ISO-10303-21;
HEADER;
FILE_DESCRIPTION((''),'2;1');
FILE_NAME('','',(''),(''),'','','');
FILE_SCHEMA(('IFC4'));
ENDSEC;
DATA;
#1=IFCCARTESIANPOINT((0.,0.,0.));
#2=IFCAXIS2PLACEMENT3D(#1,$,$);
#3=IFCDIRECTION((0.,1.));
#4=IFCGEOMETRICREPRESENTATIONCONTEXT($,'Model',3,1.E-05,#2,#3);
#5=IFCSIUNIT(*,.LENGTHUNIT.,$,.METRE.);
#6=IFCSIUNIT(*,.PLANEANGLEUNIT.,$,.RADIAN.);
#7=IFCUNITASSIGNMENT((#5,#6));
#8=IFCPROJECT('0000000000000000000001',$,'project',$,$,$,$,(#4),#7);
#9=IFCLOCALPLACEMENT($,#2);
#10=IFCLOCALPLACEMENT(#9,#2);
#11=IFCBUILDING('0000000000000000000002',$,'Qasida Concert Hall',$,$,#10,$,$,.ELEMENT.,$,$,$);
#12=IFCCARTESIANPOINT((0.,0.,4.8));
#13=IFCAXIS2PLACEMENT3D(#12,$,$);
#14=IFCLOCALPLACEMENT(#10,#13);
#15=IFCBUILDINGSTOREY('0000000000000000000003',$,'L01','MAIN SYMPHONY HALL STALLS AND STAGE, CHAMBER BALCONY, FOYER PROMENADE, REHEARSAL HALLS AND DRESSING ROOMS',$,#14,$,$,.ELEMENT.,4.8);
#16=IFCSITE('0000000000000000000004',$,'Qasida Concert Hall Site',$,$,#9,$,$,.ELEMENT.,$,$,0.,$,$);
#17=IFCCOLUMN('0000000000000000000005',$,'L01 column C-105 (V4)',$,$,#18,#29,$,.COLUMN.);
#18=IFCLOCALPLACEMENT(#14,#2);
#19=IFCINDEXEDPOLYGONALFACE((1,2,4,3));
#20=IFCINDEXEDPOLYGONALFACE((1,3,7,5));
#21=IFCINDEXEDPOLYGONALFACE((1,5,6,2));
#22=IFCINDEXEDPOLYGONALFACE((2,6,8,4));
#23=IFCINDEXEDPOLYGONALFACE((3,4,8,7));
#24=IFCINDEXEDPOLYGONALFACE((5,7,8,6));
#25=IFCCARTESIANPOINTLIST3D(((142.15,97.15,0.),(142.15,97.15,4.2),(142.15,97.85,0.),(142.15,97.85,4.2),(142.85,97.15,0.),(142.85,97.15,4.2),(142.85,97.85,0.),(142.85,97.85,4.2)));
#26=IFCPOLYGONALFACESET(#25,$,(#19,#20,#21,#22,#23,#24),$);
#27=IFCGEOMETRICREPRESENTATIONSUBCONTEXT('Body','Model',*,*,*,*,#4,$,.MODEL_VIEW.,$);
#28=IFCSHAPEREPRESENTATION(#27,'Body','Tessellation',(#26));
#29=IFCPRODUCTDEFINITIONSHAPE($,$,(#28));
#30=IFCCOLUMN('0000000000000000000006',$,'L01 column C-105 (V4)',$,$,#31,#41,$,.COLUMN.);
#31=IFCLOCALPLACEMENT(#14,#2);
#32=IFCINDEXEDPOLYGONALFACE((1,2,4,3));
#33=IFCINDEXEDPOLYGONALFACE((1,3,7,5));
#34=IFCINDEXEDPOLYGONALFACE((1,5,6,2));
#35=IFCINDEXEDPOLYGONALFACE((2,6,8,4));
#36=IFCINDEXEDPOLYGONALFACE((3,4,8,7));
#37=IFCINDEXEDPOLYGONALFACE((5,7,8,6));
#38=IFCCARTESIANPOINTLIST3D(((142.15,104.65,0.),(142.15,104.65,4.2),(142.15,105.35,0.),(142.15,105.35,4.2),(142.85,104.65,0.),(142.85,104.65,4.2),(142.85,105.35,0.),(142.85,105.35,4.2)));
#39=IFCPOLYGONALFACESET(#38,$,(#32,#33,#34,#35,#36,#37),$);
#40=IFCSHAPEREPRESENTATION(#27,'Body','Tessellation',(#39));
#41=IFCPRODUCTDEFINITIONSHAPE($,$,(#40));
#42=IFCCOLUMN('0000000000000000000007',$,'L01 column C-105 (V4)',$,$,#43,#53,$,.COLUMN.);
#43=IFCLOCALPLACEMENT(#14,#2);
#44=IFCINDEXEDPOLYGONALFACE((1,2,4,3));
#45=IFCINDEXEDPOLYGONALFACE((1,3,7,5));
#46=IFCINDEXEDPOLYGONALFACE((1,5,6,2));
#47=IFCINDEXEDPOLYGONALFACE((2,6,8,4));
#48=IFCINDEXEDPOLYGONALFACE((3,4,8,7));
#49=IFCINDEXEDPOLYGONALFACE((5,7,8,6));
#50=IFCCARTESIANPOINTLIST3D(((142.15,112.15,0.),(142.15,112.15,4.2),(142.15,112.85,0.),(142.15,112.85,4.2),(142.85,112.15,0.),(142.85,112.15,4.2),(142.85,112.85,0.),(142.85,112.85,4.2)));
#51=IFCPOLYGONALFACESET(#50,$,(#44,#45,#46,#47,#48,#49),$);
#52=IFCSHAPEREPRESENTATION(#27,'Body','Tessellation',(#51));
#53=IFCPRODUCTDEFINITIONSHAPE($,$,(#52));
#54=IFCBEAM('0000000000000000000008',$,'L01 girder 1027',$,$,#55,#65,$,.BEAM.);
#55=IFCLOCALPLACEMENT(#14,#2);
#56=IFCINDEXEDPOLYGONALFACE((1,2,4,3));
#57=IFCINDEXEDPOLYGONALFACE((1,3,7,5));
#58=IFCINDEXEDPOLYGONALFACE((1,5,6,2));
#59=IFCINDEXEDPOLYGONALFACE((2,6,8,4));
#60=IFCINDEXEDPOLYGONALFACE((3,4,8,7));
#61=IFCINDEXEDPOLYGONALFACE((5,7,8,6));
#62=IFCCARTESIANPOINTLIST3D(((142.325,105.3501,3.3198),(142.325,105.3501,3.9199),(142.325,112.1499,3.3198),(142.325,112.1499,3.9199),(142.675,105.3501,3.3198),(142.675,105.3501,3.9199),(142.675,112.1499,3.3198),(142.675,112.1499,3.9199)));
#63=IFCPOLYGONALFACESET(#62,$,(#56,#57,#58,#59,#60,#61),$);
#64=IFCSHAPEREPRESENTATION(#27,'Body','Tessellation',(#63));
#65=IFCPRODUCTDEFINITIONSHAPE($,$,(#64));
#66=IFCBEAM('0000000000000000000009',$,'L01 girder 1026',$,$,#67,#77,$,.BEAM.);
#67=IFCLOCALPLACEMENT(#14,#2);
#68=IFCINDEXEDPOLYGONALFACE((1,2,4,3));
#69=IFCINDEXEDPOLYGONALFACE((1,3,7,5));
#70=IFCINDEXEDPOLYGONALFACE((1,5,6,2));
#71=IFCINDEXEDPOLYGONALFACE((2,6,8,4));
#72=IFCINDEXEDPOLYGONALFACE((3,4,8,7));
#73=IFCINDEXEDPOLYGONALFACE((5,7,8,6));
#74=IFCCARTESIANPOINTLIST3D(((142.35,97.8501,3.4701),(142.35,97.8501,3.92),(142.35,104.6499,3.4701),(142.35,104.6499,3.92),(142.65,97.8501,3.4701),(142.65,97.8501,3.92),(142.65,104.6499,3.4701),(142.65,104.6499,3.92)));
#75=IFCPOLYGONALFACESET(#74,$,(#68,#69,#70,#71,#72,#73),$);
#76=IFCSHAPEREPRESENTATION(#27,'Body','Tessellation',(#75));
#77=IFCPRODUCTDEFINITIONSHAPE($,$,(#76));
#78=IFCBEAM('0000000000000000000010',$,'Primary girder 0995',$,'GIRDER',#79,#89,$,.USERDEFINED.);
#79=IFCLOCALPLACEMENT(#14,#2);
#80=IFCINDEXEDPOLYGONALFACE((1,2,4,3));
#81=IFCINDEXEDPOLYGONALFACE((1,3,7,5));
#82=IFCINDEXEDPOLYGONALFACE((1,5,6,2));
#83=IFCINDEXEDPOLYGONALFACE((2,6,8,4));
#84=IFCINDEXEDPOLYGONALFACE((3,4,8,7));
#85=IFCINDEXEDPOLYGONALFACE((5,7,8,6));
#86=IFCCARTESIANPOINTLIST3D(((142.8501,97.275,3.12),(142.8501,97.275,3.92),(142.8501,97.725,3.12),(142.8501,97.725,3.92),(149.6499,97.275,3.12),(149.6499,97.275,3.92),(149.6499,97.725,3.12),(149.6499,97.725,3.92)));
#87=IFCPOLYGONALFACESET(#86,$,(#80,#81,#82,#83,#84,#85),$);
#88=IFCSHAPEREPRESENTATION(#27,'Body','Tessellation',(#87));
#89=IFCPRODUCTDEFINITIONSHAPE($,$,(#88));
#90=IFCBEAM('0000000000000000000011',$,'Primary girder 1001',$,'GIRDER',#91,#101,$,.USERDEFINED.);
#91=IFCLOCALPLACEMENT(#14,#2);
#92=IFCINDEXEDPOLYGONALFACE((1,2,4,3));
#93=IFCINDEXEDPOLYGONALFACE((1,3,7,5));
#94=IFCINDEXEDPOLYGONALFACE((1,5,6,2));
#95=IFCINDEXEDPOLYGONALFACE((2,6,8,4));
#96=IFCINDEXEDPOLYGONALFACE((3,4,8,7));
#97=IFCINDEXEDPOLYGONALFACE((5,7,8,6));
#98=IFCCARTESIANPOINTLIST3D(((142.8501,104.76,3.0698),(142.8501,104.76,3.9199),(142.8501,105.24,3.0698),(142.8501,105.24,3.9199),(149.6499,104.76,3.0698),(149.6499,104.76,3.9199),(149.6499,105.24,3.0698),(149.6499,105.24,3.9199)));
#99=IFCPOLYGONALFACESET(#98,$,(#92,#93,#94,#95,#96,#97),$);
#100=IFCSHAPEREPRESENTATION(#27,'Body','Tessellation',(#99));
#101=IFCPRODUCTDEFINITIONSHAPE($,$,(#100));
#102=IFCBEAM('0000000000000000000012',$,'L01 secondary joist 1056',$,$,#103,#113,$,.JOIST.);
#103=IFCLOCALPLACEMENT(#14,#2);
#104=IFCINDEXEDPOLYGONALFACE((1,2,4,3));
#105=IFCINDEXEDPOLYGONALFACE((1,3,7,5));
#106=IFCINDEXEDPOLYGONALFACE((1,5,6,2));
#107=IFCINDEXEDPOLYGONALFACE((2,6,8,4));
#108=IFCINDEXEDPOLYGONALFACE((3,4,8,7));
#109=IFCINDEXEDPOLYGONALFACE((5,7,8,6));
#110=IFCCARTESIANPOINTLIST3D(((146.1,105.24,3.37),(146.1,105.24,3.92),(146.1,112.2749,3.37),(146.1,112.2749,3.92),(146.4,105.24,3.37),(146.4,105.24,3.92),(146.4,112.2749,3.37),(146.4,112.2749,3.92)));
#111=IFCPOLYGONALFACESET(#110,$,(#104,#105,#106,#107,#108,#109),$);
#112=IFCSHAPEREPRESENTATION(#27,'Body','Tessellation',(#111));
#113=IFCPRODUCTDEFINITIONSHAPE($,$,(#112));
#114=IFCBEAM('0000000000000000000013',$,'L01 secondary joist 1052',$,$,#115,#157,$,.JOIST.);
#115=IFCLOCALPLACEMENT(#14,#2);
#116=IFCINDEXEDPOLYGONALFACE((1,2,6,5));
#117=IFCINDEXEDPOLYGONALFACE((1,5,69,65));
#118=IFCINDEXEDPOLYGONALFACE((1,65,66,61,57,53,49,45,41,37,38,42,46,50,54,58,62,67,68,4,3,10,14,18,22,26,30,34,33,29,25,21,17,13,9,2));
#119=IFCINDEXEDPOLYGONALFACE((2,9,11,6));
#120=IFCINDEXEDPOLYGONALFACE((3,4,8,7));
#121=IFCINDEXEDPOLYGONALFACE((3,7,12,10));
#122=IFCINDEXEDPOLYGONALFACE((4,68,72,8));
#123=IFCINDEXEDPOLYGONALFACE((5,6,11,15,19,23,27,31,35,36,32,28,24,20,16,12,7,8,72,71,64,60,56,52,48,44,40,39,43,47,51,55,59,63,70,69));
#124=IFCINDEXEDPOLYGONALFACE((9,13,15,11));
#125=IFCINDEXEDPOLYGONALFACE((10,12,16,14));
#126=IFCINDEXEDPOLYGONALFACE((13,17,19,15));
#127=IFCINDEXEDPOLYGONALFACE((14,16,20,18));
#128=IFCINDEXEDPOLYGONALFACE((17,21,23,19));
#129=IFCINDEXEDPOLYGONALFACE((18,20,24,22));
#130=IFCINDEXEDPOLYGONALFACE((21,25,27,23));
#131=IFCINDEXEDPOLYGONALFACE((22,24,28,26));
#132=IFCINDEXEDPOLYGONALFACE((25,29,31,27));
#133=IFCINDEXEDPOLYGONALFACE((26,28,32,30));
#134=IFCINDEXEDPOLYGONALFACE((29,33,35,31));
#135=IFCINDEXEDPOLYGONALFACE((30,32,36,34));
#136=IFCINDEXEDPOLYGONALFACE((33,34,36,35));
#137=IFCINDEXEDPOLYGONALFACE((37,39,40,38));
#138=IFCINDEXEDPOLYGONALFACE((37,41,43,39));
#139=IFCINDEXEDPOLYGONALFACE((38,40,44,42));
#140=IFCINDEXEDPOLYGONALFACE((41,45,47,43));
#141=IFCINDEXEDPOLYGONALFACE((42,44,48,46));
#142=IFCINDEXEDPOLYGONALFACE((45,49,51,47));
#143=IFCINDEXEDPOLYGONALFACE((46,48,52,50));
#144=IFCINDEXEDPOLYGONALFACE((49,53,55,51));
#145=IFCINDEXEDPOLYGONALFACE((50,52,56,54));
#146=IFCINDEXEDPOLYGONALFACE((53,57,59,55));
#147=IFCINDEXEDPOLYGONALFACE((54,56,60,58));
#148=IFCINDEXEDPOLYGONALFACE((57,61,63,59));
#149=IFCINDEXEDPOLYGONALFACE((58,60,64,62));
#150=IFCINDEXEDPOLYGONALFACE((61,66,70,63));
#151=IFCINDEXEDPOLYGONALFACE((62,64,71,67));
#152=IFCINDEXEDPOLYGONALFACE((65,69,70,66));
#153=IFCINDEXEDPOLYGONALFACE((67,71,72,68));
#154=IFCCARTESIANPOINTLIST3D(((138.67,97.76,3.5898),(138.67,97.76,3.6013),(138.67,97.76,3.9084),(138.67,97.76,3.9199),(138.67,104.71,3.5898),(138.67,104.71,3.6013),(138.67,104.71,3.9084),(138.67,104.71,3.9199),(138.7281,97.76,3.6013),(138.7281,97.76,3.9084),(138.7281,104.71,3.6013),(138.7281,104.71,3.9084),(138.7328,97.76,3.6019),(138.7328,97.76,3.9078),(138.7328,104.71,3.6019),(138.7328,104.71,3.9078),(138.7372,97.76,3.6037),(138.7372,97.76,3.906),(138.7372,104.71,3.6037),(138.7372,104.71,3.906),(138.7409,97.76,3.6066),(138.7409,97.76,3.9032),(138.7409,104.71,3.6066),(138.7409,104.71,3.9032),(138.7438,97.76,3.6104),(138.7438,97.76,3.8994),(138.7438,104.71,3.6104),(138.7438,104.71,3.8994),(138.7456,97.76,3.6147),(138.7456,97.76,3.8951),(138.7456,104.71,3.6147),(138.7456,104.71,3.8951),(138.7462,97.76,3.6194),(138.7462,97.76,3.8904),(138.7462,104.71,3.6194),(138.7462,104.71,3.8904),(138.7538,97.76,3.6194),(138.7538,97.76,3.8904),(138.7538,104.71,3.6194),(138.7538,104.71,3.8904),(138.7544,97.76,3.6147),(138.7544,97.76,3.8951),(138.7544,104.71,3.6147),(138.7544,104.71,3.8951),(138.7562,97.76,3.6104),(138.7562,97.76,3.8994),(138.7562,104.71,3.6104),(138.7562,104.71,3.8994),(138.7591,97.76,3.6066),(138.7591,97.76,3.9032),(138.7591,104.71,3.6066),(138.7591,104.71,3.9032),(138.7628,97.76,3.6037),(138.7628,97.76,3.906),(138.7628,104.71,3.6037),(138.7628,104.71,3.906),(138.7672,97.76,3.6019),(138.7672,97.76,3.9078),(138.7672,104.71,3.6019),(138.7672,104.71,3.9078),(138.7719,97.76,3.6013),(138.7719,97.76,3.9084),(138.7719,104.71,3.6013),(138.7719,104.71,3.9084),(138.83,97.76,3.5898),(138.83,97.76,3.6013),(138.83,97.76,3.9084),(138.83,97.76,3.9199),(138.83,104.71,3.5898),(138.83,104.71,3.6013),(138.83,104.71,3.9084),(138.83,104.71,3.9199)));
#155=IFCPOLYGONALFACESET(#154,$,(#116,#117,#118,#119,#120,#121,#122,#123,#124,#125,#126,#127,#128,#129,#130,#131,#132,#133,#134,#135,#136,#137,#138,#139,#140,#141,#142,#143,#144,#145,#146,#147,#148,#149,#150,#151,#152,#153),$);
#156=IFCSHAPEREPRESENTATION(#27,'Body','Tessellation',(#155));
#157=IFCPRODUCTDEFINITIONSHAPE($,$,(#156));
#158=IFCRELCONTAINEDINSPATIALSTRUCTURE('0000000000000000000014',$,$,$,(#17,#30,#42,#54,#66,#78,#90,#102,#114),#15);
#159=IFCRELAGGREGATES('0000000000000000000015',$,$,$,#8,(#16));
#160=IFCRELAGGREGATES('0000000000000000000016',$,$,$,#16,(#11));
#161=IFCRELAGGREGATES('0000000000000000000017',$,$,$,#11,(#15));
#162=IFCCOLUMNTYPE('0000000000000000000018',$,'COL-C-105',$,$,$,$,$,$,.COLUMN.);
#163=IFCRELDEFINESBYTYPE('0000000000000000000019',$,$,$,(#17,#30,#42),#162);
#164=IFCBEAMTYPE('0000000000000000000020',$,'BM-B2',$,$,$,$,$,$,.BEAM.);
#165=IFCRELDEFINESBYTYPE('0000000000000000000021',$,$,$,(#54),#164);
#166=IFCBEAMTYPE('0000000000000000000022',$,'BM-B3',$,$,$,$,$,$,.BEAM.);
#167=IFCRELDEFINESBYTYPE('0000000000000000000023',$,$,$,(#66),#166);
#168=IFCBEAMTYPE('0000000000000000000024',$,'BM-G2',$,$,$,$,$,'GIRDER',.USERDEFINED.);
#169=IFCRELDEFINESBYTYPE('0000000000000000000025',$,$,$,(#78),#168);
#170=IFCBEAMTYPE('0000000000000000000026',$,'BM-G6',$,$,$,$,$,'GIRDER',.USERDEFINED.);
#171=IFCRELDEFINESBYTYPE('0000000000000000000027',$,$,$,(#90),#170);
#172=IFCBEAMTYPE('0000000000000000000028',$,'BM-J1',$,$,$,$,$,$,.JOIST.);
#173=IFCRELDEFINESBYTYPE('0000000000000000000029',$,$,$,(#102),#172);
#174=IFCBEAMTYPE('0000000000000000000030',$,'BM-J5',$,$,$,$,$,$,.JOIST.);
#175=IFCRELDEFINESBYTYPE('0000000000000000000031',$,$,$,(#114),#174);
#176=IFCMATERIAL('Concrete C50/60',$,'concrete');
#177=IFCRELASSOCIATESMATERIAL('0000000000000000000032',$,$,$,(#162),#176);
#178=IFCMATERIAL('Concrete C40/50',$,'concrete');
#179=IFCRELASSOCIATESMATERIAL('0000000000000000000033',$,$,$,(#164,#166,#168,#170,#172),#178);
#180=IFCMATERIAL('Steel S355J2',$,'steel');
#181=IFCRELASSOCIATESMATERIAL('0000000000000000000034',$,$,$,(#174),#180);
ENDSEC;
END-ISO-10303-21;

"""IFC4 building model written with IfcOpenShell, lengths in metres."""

from ifc_helpers import new_model, si_unit, direction, frame, origin, origin_2d, place, context, subcontext, project, spatial, rectangle, i_section, extrude, material, material_profile, profile_set, type_object, element, save


model = new_model("IFC4")

# Units and contexts
model_context = context("Model", 3, precision=1e-05, world=origin(), true_north=direction((0.0, 1.0)))
body_context = subcontext(model_context, "Body", "Model", "MODEL_VIEW")
ifc_project = project(units=[si_unit("LENGTHUNIT", "METRE"), si_unit("PLANEANGLEUNIT", "RADIAN")], contexts=[model_context])

# Site, building, storey
site_placement = place(None, origin())
site = spatial("IfcSite", under=ifc_project, at=site_placement, Name="Qasida Concert Hall Site", CompositionType="ELEMENT", RefElevation=0.0)
building_placement = place(site_placement, origin())
building = spatial("IfcBuilding", under=site, at=building_placement, Name="Qasida Concert Hall", CompositionType="ELEMENT")
storey_placement = place(building_placement, frame((0.0, 0.0, 4.8)))
storey = spatial("IfcBuildingStorey", under=building, at=storey_placement, Name="L01", Description="MAIN SYMPHONY HALL STALLS AND STAGE, CHAMBER BALCONY, FOYER PROMENADE, REHEARSAL HALLS AND DRESSING ROOMS", CompositionType="ELEMENT", Elevation=4.8)

# Columns
ifc_material_1 = material(Name="Concrete C50/60", Category="concrete")
ifc_material_profile_1 = material_profile(ifc_material_1, rectangle(XDim=0.7, YDim=0.7, at=origin_2d()), Name="RC 700x700")
ifc_profile_set_1 = profile_set([ifc_material_profile_1], Name="Concrete C50/60")
column_type = type_object("IfcColumnType", Name="COL-C-105", PredefinedType="COLUMN", material=ifc_profile_set_1)
for number, where, z_axis, x_axis, name in (
    (1, (142.5, 97.5, 0.0), (0.0, 0.0, 1.0), (1.0, 0.0, 0.0), "L01 column C-105 (V4)"),
    (2, (142.5, 105.0, 0.0), (0.0, 0.0, 1.0), (1.0, 0.0, 0.0), "L01 column C-105 (V4)"),
    (3, (142.5, 112.5, 0.0), (0.0, 0.0, 1.0), (1.0, 0.0, 0.0), "L01 column C-105 (V4)"),
):
    element("IfcColumn", number, at=place(storey_placement, frame(where, z_axis=z_axis, x_axis=x_axis)), inside=storey, type_object=column_type, Name=name, PredefinedType="COLUMN", context=body_context, shape_type="SweptSolid", body=[
        extrude(rectangle(XDim=0.7, YDim=0.7, at=origin_2d()), origin(), (0.0, 0.0, 1.0), 4.2),
    ])

# Beams
ifc_material_2 = material(Name="Concrete C40/50", Category="concrete")
ifc_material_profile_2 = material_profile(ifc_material_2, rectangle(XDim=0.3501, YDim=0.6001, at=origin_2d()), Name="RC 350x600")
ifc_profile_set_2 = profile_set([ifc_material_profile_2], Name="Concrete C40/50")
beam_type_1 = type_object("IfcBeamType", Name="BM-B2", PredefinedType="BEAM", material=ifc_profile_set_2)
beam_1_placement = place(storey_placement, frame((142.5, 105.3501, 3.6199), z_axis=(0.0, 1.0, 0.0), x_axis=(-1.0, 0.0, 0.0)))
element("IfcBeam", 4, at=beam_1_placement, inside=storey, type_object=beam_type_1, Name="L01 girder 1027", PredefinedType="BEAM", context=body_context, shape_type="SweptSolid", body=[
    extrude(rectangle(XDim=0.3501, YDim=0.6001, at=origin_2d()), origin(), (0.0, 0.0, 1.0), 6.7998),
])
ifc_material_profile_3 = material_profile(ifc_material_2, rectangle(XDim=0.3, YDim=0.45, at=origin_2d()), Name="RC 300x450")
ifc_profile_set_3 = profile_set([ifc_material_profile_3], Name="Concrete C40/50")
beam_type_2 = type_object("IfcBeamType", Name="BM-B3", PredefinedType="BEAM", material=ifc_profile_set_3)
beam_2_placement = place(storey_placement, frame((142.5, 97.8501, 3.6951), z_axis=(0.0, 1.0, 0.0), x_axis=(-1.0, 0.0, 0.0)))
element("IfcBeam", 5, at=beam_2_placement, inside=storey, type_object=beam_type_2, Name="L01 girder 1026", PredefinedType="BEAM", context=body_context, shape_type="SweptSolid", body=[
    extrude(rectangle(XDim=0.3, YDim=0.45, at=origin_2d()), origin(), (0.0, 0.0, 1.0), 6.7998),
])
ifc_material_profile_4 = material_profile(ifc_material_2, rectangle(XDim=0.45, YDim=0.8, at=origin_2d()), Name="RC 450x800")
ifc_profile_set_4 = profile_set([ifc_material_profile_4], Name="Concrete C40/50")
beam_type_3 = type_object("IfcBeamType", Name="BM-G2", ElementType="GIRDER", PredefinedType="USERDEFINED", material=ifc_profile_set_4)
beam_3_placement = place(storey_placement, frame((142.8501, 97.5, 3.52), z_axis=(1.0, 0.0, 0.0), x_axis=(0.0, 1.0, 0.0)))
element("IfcBeam", 6, at=beam_3_placement, inside=storey, type_object=beam_type_3, Name="Primary girder 0995", ObjectType="GIRDER", PredefinedType="USERDEFINED", context=body_context, shape_type="SweptSolid", body=[
    extrude(rectangle(XDim=0.45, YDim=0.8, at=origin_2d()), origin(), (0.0, 0.0, 1.0), 6.7998),
])
ifc_material_profile_5 = material_profile(ifc_material_2, rectangle(XDim=0.48, YDim=0.8501, at=origin_2d()), Name="RC 480x850")
ifc_profile_set_5 = profile_set([ifc_material_profile_5], Name="Concrete C40/50")
beam_type_4 = type_object("IfcBeamType", Name="BM-G6", ElementType="GIRDER", PredefinedType="USERDEFINED", material=ifc_profile_set_5)
beam_4_placement = place(storey_placement, frame((142.8501, 105.0, 3.4949), z_axis=(1.0, 0.0, 0.0), x_axis=(0.0, 1.0, 0.0)))
element("IfcBeam", 7, at=beam_4_placement, inside=storey, type_object=beam_type_4, Name="Primary girder 1001", ObjectType="GIRDER", PredefinedType="USERDEFINED", context=body_context, shape_type="SweptSolid", body=[
    extrude(rectangle(XDim=0.48, YDim=0.8501, at=origin_2d()), origin(), (0.0, 0.0, 1.0), 6.7998),
])
ifc_material_profile_6 = material_profile(ifc_material_2, rectangle(XDim=0.3, YDim=0.55, at=origin_2d()), Name="RC 300x550")
ifc_profile_set_6 = profile_set([ifc_material_profile_6], Name="Concrete C40/50")
beam_type_5 = type_object("IfcBeamType", Name="BM-J1", PredefinedType="JOIST", material=ifc_profile_set_6)
beam_5_placement = place(storey_placement, frame((146.25, 105.24, 3.645), z_axis=(0.0, 1.0, 0.0), x_axis=(-1.0, 0.0, 0.0)))
element("IfcBeam", 8, at=beam_5_placement, inside=storey, type_object=beam_type_5, Name="L01 secondary joist 1056", PredefinedType="JOIST", context=body_context, shape_type="SweptSolid", body=[
    extrude(rectangle(XDim=0.3, YDim=0.55, at=origin_2d()), origin(), (0.0, 0.0, 1.0), 7.0349),
])
ifc_material_3 = material(Name="Steel S355J2", Category="steel")
ifc_material_profile_7 = material_profile(ifc_material_3, i_section(OverallWidth=0.1599, OverallDepth=0.3301, WebThickness=0.0076, FlangeThickness=0.0115, FilletRadius=0.0181, at=origin_2d()), Name="IPE 330")
ifc_profile_set_7 = profile_set([ifc_material_profile_7], Name="Steel S355J2")
beam_type_6 = type_object("IfcBeamType", Name="BM-J5", PredefinedType="JOIST", material=ifc_profile_set_7)
beam_6_placement = place(storey_placement, frame((138.75, 97.76, 3.7549), z_axis=(0.0, 1.0, 0.0), x_axis=(-1.0, 0.0, 0.0)))
element("IfcBeam", 9, at=beam_6_placement, inside=storey, type_object=beam_type_6, Name="L01 secondary joist 1052", PredefinedType="JOIST", context=body_context, shape_type="SweptSolid", body=[
    extrude(i_section(OverallWidth=0.1599, OverallDepth=0.3301, WebThickness=0.0076, FlangeThickness=0.0115, FilletRadius=0.0181, at=origin_2d()), origin(), (0.0, 0.0, 1.0), 6.95),
])

save(model, "model.ifc")
